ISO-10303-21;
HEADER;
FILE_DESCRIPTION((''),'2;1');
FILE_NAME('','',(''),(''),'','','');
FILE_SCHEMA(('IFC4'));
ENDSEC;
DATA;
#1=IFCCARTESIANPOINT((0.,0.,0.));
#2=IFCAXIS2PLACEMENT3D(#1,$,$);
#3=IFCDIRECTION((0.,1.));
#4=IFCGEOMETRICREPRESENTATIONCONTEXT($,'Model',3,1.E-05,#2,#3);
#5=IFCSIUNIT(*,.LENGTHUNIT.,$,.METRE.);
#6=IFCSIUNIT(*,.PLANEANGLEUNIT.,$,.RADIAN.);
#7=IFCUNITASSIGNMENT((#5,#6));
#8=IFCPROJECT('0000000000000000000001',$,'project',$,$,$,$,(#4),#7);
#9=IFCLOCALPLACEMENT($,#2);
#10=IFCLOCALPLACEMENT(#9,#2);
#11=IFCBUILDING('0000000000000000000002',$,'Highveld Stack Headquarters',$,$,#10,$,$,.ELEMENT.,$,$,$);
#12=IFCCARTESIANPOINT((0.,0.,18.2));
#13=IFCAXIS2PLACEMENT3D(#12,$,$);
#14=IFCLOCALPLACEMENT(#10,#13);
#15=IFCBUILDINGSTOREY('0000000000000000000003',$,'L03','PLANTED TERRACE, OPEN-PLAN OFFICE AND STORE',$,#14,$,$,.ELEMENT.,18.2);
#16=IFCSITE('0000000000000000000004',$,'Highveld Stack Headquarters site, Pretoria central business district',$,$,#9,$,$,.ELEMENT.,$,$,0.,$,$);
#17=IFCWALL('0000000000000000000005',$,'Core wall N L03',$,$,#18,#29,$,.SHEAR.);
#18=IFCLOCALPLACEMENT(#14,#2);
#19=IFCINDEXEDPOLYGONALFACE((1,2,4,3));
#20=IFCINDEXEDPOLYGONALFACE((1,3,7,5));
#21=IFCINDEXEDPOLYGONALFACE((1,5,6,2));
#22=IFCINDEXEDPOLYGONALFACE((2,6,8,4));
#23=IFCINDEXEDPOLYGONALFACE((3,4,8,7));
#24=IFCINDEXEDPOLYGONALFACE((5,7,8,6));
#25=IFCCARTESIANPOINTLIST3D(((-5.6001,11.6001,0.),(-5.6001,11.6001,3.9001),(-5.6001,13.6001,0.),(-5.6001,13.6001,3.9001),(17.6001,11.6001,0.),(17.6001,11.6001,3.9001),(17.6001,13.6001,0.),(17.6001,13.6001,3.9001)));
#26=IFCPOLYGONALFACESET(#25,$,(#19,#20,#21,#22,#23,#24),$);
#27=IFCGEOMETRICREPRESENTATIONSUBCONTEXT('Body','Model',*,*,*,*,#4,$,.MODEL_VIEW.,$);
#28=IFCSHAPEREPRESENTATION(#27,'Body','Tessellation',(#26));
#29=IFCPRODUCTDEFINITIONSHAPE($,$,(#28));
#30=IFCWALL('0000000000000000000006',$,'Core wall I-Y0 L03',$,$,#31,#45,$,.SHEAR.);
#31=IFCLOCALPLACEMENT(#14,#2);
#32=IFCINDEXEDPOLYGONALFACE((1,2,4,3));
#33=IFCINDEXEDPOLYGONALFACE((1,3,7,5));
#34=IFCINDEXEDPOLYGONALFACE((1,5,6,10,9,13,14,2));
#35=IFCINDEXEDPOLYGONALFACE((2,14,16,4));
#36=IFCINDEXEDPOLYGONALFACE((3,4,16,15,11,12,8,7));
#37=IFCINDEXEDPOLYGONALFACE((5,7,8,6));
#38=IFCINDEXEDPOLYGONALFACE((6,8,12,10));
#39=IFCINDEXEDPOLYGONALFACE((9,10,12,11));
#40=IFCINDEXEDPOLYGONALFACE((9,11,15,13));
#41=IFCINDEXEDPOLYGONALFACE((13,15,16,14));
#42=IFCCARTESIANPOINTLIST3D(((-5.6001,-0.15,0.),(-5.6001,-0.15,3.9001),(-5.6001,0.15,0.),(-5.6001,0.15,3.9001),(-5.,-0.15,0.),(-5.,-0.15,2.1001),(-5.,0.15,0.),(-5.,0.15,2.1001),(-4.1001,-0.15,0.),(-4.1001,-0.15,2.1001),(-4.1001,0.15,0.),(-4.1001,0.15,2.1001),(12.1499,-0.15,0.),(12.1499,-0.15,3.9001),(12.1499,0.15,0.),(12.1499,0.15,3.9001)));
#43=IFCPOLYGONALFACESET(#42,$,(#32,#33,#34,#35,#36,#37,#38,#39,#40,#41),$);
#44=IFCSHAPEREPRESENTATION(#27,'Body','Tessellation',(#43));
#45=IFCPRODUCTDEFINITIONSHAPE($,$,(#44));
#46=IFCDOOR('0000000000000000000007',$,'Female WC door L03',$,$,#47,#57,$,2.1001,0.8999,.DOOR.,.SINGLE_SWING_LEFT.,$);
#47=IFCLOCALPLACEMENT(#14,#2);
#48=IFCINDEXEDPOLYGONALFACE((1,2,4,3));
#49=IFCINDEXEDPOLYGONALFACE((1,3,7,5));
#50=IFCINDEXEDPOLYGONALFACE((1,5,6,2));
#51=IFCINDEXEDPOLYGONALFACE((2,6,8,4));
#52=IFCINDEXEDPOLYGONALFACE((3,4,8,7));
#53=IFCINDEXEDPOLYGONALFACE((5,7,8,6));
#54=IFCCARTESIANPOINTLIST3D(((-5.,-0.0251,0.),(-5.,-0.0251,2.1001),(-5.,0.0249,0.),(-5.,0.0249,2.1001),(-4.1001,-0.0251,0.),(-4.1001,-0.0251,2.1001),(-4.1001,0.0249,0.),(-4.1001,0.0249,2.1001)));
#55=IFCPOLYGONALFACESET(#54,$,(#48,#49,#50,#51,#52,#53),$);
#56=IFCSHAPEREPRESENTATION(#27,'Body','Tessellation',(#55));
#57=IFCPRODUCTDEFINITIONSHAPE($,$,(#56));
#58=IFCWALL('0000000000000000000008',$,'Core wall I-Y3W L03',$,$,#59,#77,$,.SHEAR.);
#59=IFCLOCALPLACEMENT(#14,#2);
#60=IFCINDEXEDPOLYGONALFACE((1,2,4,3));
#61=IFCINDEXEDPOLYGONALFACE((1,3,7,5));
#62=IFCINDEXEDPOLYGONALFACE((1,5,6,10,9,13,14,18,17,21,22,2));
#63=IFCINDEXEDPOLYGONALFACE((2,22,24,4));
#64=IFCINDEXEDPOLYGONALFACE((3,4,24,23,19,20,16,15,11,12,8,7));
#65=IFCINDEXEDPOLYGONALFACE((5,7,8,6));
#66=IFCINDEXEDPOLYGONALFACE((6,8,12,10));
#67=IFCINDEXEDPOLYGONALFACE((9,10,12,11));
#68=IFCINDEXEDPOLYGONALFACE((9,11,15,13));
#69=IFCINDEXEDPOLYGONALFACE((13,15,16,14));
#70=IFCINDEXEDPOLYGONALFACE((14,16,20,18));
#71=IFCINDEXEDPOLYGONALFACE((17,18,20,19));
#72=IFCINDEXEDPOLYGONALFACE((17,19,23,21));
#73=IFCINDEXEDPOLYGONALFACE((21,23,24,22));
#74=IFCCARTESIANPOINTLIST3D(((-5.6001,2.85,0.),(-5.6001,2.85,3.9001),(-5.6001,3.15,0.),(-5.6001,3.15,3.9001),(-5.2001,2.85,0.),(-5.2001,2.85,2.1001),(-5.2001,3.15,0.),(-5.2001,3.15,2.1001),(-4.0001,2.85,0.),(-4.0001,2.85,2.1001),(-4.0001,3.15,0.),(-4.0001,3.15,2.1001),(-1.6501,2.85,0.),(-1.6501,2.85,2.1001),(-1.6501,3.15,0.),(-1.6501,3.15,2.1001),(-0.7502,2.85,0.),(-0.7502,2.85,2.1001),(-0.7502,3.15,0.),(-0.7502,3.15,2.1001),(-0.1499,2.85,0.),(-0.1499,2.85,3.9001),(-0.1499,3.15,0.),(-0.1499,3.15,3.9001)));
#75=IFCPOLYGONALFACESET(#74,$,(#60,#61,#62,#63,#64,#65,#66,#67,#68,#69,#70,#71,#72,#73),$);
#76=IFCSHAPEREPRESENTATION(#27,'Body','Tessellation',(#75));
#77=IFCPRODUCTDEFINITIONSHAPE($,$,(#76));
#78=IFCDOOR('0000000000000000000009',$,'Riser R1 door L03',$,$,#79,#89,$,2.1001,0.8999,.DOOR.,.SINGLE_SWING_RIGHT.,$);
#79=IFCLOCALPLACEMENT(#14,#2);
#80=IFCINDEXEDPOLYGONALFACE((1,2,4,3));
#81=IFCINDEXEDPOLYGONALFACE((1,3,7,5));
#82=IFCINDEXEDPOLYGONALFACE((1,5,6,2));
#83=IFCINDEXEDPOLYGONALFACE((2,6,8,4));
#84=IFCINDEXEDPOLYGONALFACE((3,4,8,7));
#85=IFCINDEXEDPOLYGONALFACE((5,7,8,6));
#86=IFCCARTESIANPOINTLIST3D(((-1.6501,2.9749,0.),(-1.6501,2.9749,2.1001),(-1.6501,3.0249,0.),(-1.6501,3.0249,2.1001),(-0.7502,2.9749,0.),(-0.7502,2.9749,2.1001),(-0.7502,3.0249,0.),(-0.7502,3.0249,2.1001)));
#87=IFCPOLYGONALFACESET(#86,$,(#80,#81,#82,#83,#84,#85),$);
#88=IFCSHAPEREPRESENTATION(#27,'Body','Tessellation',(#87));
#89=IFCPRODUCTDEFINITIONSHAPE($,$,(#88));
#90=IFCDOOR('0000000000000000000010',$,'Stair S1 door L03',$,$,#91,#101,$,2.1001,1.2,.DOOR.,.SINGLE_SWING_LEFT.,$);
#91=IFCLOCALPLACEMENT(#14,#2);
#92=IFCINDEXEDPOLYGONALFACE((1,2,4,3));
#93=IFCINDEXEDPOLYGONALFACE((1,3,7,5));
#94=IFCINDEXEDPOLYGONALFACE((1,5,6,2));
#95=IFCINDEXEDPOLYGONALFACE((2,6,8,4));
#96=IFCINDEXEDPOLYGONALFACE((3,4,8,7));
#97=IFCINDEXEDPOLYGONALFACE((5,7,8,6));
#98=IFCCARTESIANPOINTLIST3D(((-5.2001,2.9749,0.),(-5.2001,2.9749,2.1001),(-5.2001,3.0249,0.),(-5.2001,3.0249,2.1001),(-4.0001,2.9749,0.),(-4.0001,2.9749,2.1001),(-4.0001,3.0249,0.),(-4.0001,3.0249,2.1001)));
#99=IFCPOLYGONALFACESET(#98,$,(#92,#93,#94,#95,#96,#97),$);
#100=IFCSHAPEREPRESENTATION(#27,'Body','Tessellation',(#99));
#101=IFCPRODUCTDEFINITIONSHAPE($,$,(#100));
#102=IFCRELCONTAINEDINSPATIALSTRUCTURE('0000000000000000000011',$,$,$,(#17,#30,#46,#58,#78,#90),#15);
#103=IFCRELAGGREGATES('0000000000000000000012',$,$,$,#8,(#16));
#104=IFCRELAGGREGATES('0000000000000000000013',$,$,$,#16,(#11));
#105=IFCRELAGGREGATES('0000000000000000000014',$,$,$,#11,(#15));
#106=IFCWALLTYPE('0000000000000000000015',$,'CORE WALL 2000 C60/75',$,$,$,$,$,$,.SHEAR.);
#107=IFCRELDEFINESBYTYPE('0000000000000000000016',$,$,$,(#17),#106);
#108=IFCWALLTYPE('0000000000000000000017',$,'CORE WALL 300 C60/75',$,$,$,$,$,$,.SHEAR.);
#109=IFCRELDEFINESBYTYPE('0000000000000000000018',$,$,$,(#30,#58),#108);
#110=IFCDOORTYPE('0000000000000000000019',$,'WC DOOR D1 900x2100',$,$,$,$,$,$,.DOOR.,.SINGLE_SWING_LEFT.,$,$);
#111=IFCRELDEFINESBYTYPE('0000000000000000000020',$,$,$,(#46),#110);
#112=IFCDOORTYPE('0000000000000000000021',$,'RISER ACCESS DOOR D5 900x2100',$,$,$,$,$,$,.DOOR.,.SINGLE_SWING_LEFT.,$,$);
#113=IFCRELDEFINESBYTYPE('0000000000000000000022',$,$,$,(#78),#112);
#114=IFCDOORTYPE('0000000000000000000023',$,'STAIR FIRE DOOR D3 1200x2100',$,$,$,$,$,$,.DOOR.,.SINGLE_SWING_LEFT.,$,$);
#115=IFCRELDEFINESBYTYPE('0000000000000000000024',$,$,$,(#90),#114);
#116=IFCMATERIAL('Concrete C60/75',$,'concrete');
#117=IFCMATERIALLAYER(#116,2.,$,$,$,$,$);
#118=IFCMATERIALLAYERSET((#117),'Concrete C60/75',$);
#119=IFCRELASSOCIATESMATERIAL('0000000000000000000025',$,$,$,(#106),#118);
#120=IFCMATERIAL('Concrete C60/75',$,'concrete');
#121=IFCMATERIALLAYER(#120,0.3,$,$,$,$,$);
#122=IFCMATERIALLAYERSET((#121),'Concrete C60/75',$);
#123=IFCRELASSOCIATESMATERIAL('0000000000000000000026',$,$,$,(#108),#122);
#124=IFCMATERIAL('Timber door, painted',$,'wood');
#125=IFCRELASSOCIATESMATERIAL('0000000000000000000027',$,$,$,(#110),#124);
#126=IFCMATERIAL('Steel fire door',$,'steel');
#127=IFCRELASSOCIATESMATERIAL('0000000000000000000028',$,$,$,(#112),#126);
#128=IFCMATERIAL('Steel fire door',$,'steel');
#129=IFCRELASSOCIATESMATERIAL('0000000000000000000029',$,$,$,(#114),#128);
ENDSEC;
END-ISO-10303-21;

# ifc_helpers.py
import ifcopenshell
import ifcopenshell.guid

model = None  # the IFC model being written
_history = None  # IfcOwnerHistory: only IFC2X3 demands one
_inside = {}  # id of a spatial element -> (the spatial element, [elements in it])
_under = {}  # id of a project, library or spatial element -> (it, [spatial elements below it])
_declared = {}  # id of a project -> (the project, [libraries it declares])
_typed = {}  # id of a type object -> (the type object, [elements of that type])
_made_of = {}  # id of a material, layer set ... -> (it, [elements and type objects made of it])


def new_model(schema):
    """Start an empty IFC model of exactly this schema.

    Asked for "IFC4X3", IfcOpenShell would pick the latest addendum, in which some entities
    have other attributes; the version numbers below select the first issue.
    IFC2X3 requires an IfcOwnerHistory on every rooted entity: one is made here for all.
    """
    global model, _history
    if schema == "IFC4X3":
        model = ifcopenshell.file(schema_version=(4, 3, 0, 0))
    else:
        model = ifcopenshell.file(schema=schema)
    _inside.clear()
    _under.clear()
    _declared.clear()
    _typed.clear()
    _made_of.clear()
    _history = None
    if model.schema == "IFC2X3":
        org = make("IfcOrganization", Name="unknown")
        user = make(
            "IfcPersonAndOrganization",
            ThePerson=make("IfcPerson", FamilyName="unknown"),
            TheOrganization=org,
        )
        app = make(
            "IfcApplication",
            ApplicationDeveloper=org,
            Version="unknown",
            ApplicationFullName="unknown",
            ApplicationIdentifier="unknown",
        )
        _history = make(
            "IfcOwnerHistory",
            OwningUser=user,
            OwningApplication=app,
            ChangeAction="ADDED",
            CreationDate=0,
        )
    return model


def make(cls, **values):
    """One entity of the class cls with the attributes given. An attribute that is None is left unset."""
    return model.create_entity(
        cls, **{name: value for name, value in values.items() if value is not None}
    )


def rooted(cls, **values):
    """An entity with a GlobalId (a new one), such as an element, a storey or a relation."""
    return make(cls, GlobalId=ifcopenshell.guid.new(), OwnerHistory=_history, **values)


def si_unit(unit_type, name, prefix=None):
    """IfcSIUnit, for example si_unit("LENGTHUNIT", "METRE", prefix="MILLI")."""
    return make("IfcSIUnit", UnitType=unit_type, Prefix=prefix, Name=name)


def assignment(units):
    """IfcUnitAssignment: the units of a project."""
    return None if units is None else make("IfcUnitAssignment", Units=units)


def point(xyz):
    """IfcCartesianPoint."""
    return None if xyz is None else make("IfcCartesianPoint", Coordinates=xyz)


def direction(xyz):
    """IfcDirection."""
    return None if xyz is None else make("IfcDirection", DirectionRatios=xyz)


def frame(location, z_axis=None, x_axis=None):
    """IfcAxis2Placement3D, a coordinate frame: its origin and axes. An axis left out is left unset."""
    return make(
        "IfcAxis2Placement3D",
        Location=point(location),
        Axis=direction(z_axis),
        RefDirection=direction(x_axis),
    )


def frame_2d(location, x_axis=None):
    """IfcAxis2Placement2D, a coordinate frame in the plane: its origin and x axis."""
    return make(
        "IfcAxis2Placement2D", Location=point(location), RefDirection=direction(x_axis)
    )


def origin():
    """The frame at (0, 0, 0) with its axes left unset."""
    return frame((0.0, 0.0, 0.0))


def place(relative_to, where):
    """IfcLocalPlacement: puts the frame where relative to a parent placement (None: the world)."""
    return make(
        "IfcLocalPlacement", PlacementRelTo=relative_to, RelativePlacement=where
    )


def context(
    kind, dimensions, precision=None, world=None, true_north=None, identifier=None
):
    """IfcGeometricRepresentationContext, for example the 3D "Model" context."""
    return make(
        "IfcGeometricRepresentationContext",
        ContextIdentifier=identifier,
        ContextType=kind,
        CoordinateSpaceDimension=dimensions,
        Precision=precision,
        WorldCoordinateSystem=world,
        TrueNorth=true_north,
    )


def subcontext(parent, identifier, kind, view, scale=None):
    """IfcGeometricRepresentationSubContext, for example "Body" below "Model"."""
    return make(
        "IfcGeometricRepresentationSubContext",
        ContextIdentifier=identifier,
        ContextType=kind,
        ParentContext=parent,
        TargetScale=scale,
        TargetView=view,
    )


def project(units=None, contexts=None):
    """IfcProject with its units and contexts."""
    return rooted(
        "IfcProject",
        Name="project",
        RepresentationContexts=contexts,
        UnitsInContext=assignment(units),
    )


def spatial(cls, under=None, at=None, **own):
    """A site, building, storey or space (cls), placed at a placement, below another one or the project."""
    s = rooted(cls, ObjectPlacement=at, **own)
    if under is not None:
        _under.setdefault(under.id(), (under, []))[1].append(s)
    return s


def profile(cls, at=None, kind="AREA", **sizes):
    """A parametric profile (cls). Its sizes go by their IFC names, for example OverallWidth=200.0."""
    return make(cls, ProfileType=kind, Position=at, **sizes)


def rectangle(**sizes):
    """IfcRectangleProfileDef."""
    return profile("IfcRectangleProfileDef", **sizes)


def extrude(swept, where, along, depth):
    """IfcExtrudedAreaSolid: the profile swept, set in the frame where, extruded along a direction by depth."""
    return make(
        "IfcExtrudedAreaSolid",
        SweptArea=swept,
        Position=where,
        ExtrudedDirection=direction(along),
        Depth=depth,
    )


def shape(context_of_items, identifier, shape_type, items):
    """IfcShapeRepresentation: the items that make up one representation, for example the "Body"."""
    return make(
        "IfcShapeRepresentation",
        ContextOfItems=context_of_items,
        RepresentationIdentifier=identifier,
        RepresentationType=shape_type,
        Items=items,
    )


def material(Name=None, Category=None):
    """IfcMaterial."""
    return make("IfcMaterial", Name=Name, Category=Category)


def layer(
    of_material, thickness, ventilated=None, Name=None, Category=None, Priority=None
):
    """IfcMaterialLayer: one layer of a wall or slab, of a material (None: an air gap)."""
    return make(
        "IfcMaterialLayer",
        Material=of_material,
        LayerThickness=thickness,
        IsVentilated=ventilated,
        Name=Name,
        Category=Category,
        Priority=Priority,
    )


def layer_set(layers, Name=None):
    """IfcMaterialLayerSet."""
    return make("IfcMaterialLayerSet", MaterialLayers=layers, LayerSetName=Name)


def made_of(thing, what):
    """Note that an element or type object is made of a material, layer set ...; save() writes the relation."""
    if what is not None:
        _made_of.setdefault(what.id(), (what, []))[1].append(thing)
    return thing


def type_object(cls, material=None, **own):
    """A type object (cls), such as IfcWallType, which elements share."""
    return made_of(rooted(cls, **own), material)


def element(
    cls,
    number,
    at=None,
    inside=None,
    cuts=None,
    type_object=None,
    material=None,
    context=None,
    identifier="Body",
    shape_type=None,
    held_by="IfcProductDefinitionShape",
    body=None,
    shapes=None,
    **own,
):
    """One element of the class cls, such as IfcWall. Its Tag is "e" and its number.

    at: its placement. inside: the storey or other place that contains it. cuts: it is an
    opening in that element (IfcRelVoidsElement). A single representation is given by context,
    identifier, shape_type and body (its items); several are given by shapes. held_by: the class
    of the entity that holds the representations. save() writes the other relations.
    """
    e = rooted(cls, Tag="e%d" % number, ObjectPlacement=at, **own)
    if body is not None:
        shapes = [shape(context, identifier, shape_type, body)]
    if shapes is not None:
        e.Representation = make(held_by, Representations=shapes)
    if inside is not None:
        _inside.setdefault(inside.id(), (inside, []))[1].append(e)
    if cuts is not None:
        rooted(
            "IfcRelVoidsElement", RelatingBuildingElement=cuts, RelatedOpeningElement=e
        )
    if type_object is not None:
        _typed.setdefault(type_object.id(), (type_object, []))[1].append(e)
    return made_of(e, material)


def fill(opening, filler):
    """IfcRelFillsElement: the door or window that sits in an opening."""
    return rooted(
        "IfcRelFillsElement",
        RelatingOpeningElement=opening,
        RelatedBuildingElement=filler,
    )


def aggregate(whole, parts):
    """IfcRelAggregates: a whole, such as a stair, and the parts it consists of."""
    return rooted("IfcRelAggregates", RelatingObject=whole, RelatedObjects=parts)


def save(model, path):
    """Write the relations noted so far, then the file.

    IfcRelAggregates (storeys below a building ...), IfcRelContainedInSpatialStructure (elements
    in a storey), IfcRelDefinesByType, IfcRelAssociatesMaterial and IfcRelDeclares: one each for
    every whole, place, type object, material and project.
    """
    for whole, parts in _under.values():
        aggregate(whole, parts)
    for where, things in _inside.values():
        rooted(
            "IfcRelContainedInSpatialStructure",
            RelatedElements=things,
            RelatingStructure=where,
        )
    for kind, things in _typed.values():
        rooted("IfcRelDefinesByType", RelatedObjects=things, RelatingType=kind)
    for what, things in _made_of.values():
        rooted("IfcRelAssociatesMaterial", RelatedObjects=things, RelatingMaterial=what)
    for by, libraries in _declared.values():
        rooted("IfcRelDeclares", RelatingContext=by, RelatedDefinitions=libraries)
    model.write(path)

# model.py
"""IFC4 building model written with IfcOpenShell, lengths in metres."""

from ifc_helpers import new_model, si_unit, direction, frame, frame_2d, origin, place, context, subcontext, project, spatial, rectangle, extrude, material, layer, layer_set, type_object, element, fill, save


model = new_model("IFC4")

# Units and contexts
model_context = context("Model", 3, precision=1e-05, world=origin(), true_north=direction((0.0, 1.0)))
body_context = subcontext(model_context, "Body", "Model", "MODEL_VIEW")
ifc_project = project(units=[si_unit("LENGTHUNIT", "METRE"), si_unit("PLANEANGLEUNIT", "RADIAN")], contexts=[model_context])

# Site, building, storey
site_placement = place(None, origin())
site = spatial("IfcSite", under=ifc_project, at=site_placement, Name="Highveld Stack Headquarters site, Pretoria central business district", CompositionType="ELEMENT", RefElevation=0.0)
building_placement = place(site_placement, origin())
building = spatial("IfcBuilding", under=site, at=building_placement, Name="Highveld Stack Headquarters", CompositionType="ELEMENT")
storey_placement = place(building_placement, frame((0.0, 0.0, 18.2)))
storey = spatial("IfcBuildingStorey", under=building, at=storey_placement, Name="L03", Description="PLANTED TERRACE, OPEN-PLAN OFFICE AND STORE", CompositionType="ELEMENT", Elevation=18.2)

# Wall
ifc_material_1 = material(Name="Concrete C60/75", Category="concrete")
ifc_layer_1 = layer(ifc_material_1, 2.0)
ifc_layer_set_1 = layer_set([ifc_layer_1], Name="Concrete C60/75")
wall_type_1 = type_object("IfcWallType", Name="CORE WALL 2000 C60/75", PredefinedType="SHEAR", material=ifc_layer_set_1)
wall_1_placement = place(storey_placement, frame((-5.6001, 12.6001, 0.0), z_axis=(0.0, 0.0, 1.0), x_axis=(1.0, 0.0, 0.0)))
element("IfcWall", 1, at=wall_1_placement, inside=storey, type_object=wall_type_1, Name="Core wall N L03", PredefinedType="SHEAR", context=body_context, shape_type="SweptSolid", body=[
    extrude(rectangle(XDim=23.2002, YDim=2.0, at=frame_2d((11.6001, 0.0))), origin(), (0.0, 0.0, 1.0), 3.9001),
])

# Wall, opening, door
ifc_material_2 = material(Name="Concrete C60/75", Category="concrete")
ifc_layer_2 = layer(ifc_material_2, 0.3)
ifc_layer_set_2 = layer_set([ifc_layer_2], Name="Concrete C60/75")
wall_type_2 = type_object("IfcWallType", Name="CORE WALL 300 C60/75", PredefinedType="SHEAR", material=ifc_layer_set_2)
wall_2_placement = place(storey_placement, frame((-5.6001, 0.0, 0.0), z_axis=(0.0, 0.0, 1.0), x_axis=(1.0, 0.0, 0.0)))
wall_2 = element("IfcWall", 2, at=wall_2_placement, inside=storey, type_object=wall_type_2, Name="Core wall I-Y0 L03", PredefinedType="SHEAR", context=body_context, shape_type="SweptSolid", body=[
    extrude(rectangle(XDim=17.75, YDim=0.3, at=frame_2d((8.875, 0.0))), origin(), (0.0, 0.0, 1.0), 3.9001),
])
opening_1_placement = place(wall_2_placement, frame((0.6001, 0.0, 0.0)))
opening_1 = element("IfcOpeningElement", 3, at=opening_1_placement, cuts=wall_2, PredefinedType="OPENING", context=body_context, shape_type="SweptSolid", body=[
    extrude(rectangle(XDim=0.8999, YDim=2.1001, at=frame_2d((0.45, 1.05))), frame((0.0, 0.1599, 0.0), z_axis=(0.0, -1.0, 0.0), x_axis=(1.0, 0.0, 0.0)), (0.0, 0.0, 1.0), 0.3201),
])
ifc_material_3 = material(Name="Timber door, painted", Category="wood")
door_type_1 = type_object("IfcDoorType", Name="WC DOOR D1 900x2100", OperationType="SINGLE_SWING_LEFT", PredefinedType="DOOR", material=ifc_material_3)
door_1_placement = place(opening_1_placement, origin())
door_1 = element("IfcDoor", 4, at=door_1_placement, inside=storey, type_object=door_type_1, Name="Female WC door L03", OperationType="SINGLE_SWING_LEFT", OverallHeight=2.1001, OverallWidth=0.8999, PredefinedType="DOOR", context=body_context, shape_type="SweptSolid", body=[
    extrude(rectangle(XDim=0.8999, YDim=2.1001, at=frame_2d((0.45, 1.05))), frame((0.0, 0.0249, 0.0), z_axis=(0.0, -1.0, 0.0), x_axis=(1.0, 0.0, 0.0)), (0.0, 0.0, 1.0), 0.05),
])
fill(opening_1, door_1)

# Wall, openings, doors
wall_3_placement = place(storey_placement, frame((-5.6001, 3.0, 0.0), z_axis=(0.0, 0.0, 1.0), x_axis=(1.0, 0.0, 0.0)))
wall_3 = element("IfcWall", 5, at=wall_3_placement, inside=storey, type_object=wall_type_2, Name="Core wall I-Y3W L03", PredefinedType="SHEAR", context=body_context, shape_type="SweptSolid", body=[
    extrude(rectangle(XDim=5.4502, YDim=0.3, at=frame_2d((2.7251, 0.0))), origin(), (0.0, 0.0, 1.0), 3.9001),
])
opening_2_placement = place(wall_3_placement, frame((0.3999, 0.0, 0.0)))
opening_2 = element("IfcOpeningElement", 6, at=opening_2_placement, cuts=wall_3, PredefinedType="OPENING", context=body_context, shape_type="SweptSolid", body=[
    extrude(rectangle(XDim=1.2, YDim=2.1001, at=frame_2d((0.6001, 1.05))), frame((0.0, 0.1599, 0.0), z_axis=(0.0, -1.0, 0.0), x_axis=(1.0, 0.0, 0.0)), (0.0, 0.0, 1.0), 0.3201),
])
opening_3_placement = place(wall_3_placement, frame((3.95, 0.0, 0.0)))
opening_3 = element("IfcOpeningElement", 7, at=opening_3_placement, cuts=wall_3, PredefinedType="OPENING", context=body_context, shape_type="SweptSolid", body=[
    extrude(rectangle(XDim=0.8999, YDim=2.1001, at=frame_2d((0.45, 1.05))), frame((0.0, 0.1599, 0.0), z_axis=(0.0, -1.0, 0.0), x_axis=(1.0, 0.0, 0.0)), (0.0, 0.0, 1.0), 0.3201),
])
ifc_material_4 = material(Name="Steel fire door", Category="steel")
door_type_2 = type_object("IfcDoorType", Name="RISER ACCESS DOOR D5 900x2100", OperationType="SINGLE_SWING_LEFT", PredefinedType="DOOR", material=ifc_material_4)
door_2_placement = place(opening_3_placement, origin())
door_2 = element("IfcDoor", 8, at=door_2_placement, inside=storey, type_object=door_type_2, Name="Riser R1 door L03", OperationType="SINGLE_SWING_RIGHT", OverallHeight=2.1001, OverallWidth=0.8999, PredefinedType="DOOR", context=body_context, shape_type="SweptSolid", body=[
    extrude(rectangle(XDim=0.8999, YDim=2.1001, at=frame_2d((0.45, 1.05))), frame((0.0, 0.0249, 0.0), z_axis=(0.0, -1.0, 0.0), x_axis=(1.0, 0.0, 0.0)), (0.0, 0.0, 1.0), 0.05),
])
fill(opening_3, door_2)
ifc_material_5 = material(Name="Steel fire door", Category="steel")
door_type_3 = type_object("IfcDoorType", Name="STAIR FIRE DOOR D3 1200x2100", OperationType="SINGLE_SWING_LEFT", PredefinedType="DOOR", material=ifc_material_5)
door_3_placement = place(opening_2_placement, origin())
door_3 = element("IfcDoor", 9, at=door_3_placement, inside=storey, type_object=door_type_3, Name="Stair S1 door L03", OperationType="SINGLE_SWING_LEFT", OverallHeight=2.1001, OverallWidth=1.2, PredefinedType="DOOR", context=body_context, shape_type="SweptSolid", body=[
    extrude(rectangle(XDim=1.2, YDim=2.1001, at=frame_2d((0.6001, 1.05))), frame((0.0, 0.0249, 0.0), z_axis=(0.0, -1.0, 0.0), x_axis=(1.0, 0.0, 0.0)), (0.0, 0.0, 1.0), 0.05),
])
fill(opening_2, door_3)

save(model, "model.ifc")
